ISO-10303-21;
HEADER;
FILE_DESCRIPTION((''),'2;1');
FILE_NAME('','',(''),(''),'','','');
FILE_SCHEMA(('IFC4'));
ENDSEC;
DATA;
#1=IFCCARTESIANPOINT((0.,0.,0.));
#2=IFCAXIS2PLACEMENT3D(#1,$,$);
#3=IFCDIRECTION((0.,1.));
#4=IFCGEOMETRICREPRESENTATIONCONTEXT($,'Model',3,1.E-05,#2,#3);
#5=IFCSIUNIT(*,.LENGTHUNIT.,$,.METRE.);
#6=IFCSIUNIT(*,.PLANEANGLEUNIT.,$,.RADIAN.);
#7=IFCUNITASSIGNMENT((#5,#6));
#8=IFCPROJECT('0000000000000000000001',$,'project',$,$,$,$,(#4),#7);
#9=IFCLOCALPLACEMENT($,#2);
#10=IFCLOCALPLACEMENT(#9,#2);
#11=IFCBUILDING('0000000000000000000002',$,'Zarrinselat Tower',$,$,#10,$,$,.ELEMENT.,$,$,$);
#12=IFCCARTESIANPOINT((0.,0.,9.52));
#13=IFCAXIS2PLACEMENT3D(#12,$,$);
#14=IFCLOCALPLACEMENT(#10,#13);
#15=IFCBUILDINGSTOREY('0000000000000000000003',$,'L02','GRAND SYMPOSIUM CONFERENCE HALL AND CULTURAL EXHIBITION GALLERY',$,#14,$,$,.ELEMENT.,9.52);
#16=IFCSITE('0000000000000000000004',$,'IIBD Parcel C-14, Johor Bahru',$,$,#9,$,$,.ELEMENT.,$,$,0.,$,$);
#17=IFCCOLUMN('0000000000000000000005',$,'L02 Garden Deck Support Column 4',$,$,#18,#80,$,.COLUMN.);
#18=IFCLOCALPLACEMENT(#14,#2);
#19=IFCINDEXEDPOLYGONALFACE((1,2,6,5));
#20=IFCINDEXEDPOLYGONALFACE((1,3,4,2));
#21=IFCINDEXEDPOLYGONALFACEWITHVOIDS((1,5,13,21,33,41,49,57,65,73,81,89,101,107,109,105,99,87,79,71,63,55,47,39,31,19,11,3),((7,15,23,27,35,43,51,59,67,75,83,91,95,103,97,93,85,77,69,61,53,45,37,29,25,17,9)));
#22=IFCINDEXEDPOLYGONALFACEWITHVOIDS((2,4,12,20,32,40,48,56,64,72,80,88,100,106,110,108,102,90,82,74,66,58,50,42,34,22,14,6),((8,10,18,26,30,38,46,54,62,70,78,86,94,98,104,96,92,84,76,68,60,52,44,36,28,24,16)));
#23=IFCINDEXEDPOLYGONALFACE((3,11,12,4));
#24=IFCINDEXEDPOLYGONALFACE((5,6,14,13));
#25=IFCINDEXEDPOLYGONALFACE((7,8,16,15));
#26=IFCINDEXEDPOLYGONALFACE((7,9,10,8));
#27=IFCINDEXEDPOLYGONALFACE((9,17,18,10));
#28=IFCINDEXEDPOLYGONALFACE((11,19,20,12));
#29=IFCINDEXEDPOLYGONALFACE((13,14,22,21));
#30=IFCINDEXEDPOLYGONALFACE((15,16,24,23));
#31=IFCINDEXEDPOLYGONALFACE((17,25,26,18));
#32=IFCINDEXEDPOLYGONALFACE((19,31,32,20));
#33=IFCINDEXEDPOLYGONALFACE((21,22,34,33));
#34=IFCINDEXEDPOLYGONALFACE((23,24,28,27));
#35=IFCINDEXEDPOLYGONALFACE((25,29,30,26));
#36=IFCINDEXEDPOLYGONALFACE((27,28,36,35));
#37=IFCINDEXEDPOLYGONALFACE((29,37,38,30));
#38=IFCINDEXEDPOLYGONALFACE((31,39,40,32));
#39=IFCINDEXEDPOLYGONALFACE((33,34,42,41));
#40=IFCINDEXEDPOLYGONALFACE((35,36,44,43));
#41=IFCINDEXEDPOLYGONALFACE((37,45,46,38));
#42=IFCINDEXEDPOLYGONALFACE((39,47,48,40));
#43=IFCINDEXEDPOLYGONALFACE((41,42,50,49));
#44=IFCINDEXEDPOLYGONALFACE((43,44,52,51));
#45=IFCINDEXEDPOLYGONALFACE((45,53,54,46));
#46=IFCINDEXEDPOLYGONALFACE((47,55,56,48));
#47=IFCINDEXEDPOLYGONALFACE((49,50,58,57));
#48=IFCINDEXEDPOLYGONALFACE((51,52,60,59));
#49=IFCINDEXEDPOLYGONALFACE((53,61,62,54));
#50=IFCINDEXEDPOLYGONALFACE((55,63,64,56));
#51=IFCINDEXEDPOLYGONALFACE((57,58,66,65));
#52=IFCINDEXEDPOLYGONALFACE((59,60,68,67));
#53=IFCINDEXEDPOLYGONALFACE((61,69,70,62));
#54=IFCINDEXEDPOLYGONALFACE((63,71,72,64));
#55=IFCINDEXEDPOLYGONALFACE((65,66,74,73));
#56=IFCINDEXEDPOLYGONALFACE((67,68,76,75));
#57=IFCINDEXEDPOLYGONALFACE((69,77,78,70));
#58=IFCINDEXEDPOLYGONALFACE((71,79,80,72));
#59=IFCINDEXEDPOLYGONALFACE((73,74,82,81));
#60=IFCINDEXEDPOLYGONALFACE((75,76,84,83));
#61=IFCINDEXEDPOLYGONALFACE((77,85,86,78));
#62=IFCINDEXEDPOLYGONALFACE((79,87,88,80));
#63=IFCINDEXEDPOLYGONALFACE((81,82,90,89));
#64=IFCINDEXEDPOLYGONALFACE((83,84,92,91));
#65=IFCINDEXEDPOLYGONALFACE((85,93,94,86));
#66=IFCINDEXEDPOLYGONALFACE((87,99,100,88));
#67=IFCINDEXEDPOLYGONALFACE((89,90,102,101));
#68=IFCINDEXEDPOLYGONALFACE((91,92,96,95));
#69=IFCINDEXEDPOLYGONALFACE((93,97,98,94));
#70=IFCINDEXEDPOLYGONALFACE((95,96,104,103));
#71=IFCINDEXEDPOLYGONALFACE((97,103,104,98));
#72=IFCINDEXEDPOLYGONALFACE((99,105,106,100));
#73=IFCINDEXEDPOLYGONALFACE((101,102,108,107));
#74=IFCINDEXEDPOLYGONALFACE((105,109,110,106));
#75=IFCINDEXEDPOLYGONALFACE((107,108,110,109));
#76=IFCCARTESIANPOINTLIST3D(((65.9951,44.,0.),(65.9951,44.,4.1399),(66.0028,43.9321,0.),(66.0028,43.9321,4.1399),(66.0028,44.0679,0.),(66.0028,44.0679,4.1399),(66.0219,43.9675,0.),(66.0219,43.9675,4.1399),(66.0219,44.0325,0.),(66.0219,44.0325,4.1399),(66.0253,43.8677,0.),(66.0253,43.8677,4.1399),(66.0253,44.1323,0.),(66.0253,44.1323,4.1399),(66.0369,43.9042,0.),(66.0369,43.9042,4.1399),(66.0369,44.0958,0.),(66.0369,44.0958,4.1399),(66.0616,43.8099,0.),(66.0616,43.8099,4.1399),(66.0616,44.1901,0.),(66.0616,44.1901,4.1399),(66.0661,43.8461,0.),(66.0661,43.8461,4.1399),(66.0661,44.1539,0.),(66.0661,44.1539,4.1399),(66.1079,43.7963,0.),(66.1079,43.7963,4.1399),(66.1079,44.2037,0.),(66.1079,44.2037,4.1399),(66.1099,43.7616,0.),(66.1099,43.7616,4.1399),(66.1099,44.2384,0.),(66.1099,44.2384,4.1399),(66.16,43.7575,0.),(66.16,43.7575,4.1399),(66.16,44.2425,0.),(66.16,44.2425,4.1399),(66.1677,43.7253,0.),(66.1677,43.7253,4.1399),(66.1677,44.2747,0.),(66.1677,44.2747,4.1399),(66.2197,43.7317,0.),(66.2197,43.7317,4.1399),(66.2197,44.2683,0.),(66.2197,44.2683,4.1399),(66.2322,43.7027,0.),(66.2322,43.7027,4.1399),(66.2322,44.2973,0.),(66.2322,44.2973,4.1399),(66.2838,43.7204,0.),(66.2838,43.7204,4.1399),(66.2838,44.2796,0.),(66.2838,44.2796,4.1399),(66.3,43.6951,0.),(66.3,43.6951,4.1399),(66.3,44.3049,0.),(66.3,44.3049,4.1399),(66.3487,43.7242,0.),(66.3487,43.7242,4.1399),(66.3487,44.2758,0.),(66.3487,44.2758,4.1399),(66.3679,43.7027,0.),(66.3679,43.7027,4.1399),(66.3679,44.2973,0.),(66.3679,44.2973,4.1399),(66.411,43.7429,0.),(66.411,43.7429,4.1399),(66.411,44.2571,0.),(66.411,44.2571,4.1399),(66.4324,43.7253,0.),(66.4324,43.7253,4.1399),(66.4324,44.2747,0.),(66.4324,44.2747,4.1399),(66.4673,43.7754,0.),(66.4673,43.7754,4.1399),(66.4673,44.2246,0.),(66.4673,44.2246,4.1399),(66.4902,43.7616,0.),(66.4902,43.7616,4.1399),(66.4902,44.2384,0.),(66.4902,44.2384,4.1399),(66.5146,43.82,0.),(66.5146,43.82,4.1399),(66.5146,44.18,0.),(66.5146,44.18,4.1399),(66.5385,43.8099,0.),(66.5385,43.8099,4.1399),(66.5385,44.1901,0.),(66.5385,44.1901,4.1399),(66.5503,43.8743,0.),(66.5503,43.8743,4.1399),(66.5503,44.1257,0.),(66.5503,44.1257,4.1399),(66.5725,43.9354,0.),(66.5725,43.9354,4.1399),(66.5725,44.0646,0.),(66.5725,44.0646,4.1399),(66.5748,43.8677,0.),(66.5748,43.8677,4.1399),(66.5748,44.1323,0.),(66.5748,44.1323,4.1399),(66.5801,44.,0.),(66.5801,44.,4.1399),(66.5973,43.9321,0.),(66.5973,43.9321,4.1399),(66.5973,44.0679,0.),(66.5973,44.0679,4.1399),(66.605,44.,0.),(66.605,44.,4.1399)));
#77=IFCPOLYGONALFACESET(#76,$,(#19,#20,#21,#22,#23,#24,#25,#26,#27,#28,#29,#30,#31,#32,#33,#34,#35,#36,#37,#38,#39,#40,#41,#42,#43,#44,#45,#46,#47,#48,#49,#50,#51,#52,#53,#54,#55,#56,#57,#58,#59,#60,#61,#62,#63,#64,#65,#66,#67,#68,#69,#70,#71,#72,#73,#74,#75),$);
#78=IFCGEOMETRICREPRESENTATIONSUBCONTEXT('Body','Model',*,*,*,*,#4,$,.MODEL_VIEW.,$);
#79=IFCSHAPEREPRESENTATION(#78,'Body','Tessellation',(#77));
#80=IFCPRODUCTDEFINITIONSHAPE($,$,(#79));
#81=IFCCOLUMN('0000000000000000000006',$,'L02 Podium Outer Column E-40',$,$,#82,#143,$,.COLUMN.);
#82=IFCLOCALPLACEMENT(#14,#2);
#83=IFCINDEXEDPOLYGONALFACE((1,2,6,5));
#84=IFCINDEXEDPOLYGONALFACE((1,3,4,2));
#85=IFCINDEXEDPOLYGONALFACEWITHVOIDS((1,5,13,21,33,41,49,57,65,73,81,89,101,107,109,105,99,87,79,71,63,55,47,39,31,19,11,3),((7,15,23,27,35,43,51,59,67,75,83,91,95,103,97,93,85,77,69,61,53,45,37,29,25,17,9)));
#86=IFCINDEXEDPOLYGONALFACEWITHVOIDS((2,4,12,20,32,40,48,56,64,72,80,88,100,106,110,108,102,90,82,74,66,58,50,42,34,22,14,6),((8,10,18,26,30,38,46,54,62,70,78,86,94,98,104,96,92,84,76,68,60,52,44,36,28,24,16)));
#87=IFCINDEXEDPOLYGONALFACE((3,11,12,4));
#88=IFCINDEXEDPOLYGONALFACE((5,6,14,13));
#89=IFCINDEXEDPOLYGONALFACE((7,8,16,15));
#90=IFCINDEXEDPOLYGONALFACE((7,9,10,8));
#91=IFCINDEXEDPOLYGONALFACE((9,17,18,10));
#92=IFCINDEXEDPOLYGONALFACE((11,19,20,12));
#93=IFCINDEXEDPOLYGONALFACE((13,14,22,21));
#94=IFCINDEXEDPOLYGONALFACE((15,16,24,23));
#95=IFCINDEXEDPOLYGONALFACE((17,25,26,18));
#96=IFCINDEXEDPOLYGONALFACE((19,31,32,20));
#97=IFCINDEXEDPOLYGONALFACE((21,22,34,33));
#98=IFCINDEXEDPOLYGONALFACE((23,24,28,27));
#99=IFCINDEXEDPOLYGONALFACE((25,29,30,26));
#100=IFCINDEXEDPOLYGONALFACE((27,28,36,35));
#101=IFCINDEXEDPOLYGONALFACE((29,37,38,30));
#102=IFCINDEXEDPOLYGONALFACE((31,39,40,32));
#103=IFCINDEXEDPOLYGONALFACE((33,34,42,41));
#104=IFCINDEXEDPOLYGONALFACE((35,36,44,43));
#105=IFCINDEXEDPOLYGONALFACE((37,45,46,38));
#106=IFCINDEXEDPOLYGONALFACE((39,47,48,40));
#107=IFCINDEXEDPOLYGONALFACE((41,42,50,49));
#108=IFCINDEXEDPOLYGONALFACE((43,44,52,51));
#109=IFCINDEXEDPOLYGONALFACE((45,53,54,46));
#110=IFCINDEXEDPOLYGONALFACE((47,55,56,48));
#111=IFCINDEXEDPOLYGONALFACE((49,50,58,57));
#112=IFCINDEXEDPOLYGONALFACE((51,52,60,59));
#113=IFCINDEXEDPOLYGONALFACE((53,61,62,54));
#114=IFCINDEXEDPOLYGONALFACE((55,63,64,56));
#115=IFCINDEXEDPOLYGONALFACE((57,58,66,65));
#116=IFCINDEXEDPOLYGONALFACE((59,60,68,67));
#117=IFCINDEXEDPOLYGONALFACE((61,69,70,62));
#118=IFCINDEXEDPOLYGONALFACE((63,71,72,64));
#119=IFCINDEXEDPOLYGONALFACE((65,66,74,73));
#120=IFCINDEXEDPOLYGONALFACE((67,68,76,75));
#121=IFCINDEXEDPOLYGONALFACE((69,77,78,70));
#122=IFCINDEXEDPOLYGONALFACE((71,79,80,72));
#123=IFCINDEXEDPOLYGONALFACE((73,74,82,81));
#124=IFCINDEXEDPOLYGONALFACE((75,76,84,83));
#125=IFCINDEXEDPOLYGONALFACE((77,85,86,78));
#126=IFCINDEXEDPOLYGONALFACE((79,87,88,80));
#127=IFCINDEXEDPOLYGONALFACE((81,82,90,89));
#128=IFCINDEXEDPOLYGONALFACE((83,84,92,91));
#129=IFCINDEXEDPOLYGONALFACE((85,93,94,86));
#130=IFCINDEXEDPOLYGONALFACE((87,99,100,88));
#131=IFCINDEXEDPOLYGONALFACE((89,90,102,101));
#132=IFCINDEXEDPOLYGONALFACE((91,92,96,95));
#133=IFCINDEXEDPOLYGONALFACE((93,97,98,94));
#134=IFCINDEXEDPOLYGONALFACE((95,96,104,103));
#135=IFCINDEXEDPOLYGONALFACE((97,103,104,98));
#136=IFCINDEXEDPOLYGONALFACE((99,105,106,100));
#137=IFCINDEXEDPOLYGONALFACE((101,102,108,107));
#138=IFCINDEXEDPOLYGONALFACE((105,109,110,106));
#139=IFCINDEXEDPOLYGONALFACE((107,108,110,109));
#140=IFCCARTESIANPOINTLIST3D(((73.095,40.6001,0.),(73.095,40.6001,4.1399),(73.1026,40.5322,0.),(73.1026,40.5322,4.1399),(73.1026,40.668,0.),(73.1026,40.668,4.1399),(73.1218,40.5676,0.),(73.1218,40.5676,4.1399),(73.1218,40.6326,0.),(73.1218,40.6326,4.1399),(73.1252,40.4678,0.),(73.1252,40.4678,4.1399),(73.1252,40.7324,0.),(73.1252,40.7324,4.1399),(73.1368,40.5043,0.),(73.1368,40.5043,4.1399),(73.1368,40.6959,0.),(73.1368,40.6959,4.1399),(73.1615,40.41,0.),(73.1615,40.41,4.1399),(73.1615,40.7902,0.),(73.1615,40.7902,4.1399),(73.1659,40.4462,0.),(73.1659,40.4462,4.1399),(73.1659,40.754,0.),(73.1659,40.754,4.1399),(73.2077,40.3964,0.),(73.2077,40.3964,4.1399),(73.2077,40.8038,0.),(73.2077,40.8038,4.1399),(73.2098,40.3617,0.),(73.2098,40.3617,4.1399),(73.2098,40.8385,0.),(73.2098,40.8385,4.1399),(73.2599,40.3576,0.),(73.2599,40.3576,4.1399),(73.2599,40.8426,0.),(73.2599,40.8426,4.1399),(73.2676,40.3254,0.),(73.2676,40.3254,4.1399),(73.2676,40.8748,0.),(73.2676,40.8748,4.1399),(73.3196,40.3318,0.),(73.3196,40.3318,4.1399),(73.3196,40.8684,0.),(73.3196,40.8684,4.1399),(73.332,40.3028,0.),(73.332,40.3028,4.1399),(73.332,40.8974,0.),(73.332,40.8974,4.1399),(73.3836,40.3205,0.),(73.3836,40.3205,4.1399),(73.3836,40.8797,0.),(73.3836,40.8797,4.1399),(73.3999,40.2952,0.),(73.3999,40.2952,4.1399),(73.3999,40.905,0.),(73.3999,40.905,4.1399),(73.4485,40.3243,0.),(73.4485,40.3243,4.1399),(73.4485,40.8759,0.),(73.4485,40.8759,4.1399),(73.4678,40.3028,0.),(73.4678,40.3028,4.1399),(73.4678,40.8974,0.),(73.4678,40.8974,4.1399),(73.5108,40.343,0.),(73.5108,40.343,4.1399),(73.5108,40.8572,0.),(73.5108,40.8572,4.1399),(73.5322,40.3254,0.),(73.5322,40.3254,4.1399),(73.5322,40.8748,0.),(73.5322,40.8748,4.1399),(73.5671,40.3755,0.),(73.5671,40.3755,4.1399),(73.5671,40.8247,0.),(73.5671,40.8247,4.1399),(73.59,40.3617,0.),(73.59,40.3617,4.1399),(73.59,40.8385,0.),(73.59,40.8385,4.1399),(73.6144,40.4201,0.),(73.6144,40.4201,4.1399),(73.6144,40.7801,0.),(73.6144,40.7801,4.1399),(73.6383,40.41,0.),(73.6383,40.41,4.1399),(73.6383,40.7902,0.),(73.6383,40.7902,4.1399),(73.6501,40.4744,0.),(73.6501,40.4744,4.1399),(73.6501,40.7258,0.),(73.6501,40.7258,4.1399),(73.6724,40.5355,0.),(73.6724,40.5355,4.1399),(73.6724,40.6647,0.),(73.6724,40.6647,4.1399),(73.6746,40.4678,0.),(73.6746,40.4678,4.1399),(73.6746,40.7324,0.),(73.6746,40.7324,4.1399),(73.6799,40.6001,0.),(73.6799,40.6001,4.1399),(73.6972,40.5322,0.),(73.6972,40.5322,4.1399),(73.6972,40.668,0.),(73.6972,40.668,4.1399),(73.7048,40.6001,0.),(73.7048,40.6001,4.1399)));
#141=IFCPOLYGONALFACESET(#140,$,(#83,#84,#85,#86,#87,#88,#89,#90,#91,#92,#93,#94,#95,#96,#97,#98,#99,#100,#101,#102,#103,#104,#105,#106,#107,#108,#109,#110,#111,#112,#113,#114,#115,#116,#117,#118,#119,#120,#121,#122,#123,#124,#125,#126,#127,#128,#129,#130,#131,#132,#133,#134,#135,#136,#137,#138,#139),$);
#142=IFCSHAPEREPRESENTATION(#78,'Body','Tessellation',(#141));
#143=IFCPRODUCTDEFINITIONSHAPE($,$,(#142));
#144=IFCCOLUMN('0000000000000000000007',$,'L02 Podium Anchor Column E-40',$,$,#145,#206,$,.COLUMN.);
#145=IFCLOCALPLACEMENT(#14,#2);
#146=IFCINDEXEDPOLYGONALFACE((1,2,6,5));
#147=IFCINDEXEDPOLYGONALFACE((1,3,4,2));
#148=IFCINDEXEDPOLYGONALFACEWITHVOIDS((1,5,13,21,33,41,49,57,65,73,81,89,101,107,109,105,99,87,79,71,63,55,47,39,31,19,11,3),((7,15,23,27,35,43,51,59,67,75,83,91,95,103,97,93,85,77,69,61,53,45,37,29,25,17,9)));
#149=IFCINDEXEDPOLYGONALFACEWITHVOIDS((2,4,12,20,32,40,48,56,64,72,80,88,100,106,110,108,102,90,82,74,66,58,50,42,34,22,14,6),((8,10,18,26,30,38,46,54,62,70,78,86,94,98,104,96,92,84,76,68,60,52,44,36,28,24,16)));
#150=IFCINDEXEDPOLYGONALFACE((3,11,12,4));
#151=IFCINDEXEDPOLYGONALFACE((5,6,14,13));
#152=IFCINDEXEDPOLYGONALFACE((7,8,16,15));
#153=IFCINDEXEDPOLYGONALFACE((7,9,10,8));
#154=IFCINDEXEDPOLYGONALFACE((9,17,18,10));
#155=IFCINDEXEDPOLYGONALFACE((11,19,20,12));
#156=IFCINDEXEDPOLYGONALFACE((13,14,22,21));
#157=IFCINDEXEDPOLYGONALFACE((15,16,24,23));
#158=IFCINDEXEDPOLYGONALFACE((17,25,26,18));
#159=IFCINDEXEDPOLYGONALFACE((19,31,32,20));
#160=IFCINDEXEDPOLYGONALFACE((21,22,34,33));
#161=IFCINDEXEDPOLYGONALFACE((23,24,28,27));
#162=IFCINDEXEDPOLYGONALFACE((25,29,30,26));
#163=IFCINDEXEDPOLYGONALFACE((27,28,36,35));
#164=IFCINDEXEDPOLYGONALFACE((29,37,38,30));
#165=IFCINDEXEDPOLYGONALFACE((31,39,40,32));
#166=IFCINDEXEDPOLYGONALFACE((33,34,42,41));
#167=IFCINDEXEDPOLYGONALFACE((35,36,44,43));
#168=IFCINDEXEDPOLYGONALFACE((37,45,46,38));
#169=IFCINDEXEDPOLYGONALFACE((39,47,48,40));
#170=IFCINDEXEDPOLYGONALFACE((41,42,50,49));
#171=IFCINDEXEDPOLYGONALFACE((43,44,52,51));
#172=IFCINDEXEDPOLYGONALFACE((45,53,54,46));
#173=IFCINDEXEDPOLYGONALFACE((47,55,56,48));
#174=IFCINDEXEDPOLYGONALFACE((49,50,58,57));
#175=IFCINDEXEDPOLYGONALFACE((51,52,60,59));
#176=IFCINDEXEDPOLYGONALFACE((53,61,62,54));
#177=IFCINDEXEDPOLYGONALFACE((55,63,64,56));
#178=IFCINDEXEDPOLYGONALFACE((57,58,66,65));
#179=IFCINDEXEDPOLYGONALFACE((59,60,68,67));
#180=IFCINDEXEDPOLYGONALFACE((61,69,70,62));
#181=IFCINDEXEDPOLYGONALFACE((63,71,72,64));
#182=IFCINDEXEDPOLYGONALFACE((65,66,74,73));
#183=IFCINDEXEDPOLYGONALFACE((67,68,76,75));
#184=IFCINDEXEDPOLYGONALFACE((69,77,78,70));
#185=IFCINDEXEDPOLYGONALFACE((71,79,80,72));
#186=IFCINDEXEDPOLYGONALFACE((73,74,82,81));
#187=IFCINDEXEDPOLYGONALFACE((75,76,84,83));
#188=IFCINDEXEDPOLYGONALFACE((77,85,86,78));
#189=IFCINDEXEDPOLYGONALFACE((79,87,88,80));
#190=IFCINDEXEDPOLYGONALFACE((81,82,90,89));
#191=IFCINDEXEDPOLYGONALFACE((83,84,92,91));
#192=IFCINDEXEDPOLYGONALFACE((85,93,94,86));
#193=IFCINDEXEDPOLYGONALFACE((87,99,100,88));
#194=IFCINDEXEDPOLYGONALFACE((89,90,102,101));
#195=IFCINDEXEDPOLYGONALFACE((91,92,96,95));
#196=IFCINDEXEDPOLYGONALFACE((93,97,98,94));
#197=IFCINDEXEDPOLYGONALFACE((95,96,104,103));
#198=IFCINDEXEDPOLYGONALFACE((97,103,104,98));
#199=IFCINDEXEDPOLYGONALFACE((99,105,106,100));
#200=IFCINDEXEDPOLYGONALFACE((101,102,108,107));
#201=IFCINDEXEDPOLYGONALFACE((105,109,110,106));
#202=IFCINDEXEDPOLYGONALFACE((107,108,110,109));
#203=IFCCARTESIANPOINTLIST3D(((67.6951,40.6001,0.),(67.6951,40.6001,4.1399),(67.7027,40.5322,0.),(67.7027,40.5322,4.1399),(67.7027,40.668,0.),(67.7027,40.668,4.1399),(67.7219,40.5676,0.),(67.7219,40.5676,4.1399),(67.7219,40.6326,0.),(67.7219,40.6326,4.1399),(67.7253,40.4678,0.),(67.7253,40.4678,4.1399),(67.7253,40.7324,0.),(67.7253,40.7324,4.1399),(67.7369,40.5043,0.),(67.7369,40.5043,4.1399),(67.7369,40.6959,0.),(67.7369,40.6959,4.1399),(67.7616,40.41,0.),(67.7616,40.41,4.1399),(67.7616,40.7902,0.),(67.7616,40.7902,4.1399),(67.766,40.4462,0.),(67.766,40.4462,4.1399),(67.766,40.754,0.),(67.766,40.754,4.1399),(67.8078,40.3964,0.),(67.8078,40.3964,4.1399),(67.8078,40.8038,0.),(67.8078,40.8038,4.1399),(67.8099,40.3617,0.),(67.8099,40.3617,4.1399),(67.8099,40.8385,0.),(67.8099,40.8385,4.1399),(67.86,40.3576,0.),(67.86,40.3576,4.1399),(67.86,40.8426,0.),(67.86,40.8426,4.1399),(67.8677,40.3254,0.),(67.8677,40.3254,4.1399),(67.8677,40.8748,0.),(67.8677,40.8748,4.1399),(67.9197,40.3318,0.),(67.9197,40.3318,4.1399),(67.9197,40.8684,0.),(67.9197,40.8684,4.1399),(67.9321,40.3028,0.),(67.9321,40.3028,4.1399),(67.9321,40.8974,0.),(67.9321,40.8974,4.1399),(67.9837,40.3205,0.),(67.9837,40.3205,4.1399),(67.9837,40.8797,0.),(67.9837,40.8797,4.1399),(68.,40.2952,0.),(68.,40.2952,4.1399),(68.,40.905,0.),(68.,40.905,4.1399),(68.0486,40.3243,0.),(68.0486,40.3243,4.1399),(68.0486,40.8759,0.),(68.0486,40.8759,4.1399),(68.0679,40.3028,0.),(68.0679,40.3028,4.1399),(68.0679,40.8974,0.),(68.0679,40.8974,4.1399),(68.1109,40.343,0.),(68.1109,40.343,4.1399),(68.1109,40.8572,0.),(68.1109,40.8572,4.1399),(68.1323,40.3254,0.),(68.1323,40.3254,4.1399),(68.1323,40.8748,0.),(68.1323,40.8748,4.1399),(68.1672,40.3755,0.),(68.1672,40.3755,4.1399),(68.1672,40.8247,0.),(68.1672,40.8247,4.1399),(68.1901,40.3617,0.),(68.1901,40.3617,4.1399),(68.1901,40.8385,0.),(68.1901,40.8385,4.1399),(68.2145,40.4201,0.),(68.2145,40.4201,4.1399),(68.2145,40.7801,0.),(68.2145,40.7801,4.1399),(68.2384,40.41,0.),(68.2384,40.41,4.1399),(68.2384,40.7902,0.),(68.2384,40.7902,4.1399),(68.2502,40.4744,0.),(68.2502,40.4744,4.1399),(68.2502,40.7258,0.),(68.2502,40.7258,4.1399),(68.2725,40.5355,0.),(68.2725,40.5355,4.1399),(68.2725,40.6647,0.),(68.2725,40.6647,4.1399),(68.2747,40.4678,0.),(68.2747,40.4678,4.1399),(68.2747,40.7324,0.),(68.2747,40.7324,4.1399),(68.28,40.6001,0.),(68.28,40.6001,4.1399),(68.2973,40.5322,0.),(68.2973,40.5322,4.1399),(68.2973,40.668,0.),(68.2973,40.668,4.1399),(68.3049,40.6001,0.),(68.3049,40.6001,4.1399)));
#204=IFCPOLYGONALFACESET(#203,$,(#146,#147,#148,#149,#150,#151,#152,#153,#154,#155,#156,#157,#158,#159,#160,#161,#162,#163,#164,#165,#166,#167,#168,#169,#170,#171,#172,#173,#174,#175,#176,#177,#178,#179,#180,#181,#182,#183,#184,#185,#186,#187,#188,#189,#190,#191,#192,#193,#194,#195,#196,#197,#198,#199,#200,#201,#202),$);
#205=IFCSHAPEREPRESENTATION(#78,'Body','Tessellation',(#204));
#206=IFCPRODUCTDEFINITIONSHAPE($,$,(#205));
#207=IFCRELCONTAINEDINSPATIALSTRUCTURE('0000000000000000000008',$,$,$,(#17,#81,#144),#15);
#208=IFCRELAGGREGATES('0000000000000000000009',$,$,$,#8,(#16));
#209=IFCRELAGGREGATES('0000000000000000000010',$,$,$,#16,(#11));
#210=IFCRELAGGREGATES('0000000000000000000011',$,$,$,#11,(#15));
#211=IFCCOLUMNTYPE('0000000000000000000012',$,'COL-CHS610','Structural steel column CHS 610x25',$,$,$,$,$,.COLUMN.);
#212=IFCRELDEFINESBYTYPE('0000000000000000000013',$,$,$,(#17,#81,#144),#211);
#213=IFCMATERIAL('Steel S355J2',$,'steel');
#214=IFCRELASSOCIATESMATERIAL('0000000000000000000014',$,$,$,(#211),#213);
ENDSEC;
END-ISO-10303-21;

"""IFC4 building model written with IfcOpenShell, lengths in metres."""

from ifc_helpers import new_model, si_unit, direction, frame, origin, origin_2d, place, context, subcontext, project, spatial, hollow_circle, extrude, material, material_profile, profile_set, type_object, element, save


model = new_model("IFC4")

# Units and contexts
model_context = context("Model", 3, precision=1e-05, world=origin(), true_north=direction((0.0, 1.0)))
body_context = subcontext(model_context, "Body", "Model", "MODEL_VIEW")
ifc_project = project(units=[si_unit("LENGTHUNIT", "METRE"), si_unit("PLANEANGLEUNIT", "RADIAN")], contexts=[model_context])

# Site, building, storey
site_placement = place(None, origin())
site = spatial("IfcSite", under=ifc_project, at=site_placement, Name="IIBD Parcel C-14, Johor Bahru", CompositionType="ELEMENT", RefElevation=0.0)
building_placement = place(site_placement, origin())
building = spatial("IfcBuilding", under=site, at=building_placement, Name="Zarrinselat Tower", CompositionType="ELEMENT")
storey_placement = place(building_placement, frame((0.0, 0.0, 9.52)))
storey = spatial("IfcBuildingStorey", under=building, at=storey_placement, Name="L02", Description="GRAND SYMPOSIUM CONFERENCE HALL AND CULTURAL EXHIBITION GALLERY", CompositionType="ELEMENT", Elevation=9.52)

# Columns
ifc_material_1 = material(Name="Steel S355J2", Category="steel")
ifc_material_profile_1 = material_profile(ifc_material_1, hollow_circle(Radius=0.3049, WallThickness=0.0249, at=origin_2d()), Name="CHS 610x25")
ifc_profile_set_1 = profile_set([ifc_material_profile_1], Name="Steel S355J2")
column_type = type_object("IfcColumnType", Name="COL-CHS610", Description="Structural steel column CHS 610x25", PredefinedType="COLUMN", material=ifc_profile_set_1)
for number, where, z_axis, x_axis, name in (
    (1, (66.3, 44.0, 0.0), (0.0, 0.0, 1.0), (1.0, 0.0, 0.0), "L02 Garden Deck Support Column 4"),
    (2, (73.3999, 40.6001, 0.0), (0.0, 0.0, 1.0), (1.0, 0.0, 0.0), "L02 Podium Outer Column E-40"),
    (3, (68.0, 40.6001, 0.0), (0.0, 0.0, 1.0), (1.0, 0.0, 0.0), "L02 Podium Anchor Column E-40"),
):
    element("IfcColumn", number, at=place(storey_placement, frame(where, z_axis=z_axis, x_axis=x_axis)), inside=storey, type_object=column_type, Name=name, PredefinedType="COLUMN", context=body_context, shape_type="SweptSolid", body=[
        extrude(hollow_circle(Radius=0.3049, WallThickness=0.0249, at=origin_2d()), origin(), (0.0, 0.0, 1.0), 4.1399),
    ])

save(model, "model.ifc")
